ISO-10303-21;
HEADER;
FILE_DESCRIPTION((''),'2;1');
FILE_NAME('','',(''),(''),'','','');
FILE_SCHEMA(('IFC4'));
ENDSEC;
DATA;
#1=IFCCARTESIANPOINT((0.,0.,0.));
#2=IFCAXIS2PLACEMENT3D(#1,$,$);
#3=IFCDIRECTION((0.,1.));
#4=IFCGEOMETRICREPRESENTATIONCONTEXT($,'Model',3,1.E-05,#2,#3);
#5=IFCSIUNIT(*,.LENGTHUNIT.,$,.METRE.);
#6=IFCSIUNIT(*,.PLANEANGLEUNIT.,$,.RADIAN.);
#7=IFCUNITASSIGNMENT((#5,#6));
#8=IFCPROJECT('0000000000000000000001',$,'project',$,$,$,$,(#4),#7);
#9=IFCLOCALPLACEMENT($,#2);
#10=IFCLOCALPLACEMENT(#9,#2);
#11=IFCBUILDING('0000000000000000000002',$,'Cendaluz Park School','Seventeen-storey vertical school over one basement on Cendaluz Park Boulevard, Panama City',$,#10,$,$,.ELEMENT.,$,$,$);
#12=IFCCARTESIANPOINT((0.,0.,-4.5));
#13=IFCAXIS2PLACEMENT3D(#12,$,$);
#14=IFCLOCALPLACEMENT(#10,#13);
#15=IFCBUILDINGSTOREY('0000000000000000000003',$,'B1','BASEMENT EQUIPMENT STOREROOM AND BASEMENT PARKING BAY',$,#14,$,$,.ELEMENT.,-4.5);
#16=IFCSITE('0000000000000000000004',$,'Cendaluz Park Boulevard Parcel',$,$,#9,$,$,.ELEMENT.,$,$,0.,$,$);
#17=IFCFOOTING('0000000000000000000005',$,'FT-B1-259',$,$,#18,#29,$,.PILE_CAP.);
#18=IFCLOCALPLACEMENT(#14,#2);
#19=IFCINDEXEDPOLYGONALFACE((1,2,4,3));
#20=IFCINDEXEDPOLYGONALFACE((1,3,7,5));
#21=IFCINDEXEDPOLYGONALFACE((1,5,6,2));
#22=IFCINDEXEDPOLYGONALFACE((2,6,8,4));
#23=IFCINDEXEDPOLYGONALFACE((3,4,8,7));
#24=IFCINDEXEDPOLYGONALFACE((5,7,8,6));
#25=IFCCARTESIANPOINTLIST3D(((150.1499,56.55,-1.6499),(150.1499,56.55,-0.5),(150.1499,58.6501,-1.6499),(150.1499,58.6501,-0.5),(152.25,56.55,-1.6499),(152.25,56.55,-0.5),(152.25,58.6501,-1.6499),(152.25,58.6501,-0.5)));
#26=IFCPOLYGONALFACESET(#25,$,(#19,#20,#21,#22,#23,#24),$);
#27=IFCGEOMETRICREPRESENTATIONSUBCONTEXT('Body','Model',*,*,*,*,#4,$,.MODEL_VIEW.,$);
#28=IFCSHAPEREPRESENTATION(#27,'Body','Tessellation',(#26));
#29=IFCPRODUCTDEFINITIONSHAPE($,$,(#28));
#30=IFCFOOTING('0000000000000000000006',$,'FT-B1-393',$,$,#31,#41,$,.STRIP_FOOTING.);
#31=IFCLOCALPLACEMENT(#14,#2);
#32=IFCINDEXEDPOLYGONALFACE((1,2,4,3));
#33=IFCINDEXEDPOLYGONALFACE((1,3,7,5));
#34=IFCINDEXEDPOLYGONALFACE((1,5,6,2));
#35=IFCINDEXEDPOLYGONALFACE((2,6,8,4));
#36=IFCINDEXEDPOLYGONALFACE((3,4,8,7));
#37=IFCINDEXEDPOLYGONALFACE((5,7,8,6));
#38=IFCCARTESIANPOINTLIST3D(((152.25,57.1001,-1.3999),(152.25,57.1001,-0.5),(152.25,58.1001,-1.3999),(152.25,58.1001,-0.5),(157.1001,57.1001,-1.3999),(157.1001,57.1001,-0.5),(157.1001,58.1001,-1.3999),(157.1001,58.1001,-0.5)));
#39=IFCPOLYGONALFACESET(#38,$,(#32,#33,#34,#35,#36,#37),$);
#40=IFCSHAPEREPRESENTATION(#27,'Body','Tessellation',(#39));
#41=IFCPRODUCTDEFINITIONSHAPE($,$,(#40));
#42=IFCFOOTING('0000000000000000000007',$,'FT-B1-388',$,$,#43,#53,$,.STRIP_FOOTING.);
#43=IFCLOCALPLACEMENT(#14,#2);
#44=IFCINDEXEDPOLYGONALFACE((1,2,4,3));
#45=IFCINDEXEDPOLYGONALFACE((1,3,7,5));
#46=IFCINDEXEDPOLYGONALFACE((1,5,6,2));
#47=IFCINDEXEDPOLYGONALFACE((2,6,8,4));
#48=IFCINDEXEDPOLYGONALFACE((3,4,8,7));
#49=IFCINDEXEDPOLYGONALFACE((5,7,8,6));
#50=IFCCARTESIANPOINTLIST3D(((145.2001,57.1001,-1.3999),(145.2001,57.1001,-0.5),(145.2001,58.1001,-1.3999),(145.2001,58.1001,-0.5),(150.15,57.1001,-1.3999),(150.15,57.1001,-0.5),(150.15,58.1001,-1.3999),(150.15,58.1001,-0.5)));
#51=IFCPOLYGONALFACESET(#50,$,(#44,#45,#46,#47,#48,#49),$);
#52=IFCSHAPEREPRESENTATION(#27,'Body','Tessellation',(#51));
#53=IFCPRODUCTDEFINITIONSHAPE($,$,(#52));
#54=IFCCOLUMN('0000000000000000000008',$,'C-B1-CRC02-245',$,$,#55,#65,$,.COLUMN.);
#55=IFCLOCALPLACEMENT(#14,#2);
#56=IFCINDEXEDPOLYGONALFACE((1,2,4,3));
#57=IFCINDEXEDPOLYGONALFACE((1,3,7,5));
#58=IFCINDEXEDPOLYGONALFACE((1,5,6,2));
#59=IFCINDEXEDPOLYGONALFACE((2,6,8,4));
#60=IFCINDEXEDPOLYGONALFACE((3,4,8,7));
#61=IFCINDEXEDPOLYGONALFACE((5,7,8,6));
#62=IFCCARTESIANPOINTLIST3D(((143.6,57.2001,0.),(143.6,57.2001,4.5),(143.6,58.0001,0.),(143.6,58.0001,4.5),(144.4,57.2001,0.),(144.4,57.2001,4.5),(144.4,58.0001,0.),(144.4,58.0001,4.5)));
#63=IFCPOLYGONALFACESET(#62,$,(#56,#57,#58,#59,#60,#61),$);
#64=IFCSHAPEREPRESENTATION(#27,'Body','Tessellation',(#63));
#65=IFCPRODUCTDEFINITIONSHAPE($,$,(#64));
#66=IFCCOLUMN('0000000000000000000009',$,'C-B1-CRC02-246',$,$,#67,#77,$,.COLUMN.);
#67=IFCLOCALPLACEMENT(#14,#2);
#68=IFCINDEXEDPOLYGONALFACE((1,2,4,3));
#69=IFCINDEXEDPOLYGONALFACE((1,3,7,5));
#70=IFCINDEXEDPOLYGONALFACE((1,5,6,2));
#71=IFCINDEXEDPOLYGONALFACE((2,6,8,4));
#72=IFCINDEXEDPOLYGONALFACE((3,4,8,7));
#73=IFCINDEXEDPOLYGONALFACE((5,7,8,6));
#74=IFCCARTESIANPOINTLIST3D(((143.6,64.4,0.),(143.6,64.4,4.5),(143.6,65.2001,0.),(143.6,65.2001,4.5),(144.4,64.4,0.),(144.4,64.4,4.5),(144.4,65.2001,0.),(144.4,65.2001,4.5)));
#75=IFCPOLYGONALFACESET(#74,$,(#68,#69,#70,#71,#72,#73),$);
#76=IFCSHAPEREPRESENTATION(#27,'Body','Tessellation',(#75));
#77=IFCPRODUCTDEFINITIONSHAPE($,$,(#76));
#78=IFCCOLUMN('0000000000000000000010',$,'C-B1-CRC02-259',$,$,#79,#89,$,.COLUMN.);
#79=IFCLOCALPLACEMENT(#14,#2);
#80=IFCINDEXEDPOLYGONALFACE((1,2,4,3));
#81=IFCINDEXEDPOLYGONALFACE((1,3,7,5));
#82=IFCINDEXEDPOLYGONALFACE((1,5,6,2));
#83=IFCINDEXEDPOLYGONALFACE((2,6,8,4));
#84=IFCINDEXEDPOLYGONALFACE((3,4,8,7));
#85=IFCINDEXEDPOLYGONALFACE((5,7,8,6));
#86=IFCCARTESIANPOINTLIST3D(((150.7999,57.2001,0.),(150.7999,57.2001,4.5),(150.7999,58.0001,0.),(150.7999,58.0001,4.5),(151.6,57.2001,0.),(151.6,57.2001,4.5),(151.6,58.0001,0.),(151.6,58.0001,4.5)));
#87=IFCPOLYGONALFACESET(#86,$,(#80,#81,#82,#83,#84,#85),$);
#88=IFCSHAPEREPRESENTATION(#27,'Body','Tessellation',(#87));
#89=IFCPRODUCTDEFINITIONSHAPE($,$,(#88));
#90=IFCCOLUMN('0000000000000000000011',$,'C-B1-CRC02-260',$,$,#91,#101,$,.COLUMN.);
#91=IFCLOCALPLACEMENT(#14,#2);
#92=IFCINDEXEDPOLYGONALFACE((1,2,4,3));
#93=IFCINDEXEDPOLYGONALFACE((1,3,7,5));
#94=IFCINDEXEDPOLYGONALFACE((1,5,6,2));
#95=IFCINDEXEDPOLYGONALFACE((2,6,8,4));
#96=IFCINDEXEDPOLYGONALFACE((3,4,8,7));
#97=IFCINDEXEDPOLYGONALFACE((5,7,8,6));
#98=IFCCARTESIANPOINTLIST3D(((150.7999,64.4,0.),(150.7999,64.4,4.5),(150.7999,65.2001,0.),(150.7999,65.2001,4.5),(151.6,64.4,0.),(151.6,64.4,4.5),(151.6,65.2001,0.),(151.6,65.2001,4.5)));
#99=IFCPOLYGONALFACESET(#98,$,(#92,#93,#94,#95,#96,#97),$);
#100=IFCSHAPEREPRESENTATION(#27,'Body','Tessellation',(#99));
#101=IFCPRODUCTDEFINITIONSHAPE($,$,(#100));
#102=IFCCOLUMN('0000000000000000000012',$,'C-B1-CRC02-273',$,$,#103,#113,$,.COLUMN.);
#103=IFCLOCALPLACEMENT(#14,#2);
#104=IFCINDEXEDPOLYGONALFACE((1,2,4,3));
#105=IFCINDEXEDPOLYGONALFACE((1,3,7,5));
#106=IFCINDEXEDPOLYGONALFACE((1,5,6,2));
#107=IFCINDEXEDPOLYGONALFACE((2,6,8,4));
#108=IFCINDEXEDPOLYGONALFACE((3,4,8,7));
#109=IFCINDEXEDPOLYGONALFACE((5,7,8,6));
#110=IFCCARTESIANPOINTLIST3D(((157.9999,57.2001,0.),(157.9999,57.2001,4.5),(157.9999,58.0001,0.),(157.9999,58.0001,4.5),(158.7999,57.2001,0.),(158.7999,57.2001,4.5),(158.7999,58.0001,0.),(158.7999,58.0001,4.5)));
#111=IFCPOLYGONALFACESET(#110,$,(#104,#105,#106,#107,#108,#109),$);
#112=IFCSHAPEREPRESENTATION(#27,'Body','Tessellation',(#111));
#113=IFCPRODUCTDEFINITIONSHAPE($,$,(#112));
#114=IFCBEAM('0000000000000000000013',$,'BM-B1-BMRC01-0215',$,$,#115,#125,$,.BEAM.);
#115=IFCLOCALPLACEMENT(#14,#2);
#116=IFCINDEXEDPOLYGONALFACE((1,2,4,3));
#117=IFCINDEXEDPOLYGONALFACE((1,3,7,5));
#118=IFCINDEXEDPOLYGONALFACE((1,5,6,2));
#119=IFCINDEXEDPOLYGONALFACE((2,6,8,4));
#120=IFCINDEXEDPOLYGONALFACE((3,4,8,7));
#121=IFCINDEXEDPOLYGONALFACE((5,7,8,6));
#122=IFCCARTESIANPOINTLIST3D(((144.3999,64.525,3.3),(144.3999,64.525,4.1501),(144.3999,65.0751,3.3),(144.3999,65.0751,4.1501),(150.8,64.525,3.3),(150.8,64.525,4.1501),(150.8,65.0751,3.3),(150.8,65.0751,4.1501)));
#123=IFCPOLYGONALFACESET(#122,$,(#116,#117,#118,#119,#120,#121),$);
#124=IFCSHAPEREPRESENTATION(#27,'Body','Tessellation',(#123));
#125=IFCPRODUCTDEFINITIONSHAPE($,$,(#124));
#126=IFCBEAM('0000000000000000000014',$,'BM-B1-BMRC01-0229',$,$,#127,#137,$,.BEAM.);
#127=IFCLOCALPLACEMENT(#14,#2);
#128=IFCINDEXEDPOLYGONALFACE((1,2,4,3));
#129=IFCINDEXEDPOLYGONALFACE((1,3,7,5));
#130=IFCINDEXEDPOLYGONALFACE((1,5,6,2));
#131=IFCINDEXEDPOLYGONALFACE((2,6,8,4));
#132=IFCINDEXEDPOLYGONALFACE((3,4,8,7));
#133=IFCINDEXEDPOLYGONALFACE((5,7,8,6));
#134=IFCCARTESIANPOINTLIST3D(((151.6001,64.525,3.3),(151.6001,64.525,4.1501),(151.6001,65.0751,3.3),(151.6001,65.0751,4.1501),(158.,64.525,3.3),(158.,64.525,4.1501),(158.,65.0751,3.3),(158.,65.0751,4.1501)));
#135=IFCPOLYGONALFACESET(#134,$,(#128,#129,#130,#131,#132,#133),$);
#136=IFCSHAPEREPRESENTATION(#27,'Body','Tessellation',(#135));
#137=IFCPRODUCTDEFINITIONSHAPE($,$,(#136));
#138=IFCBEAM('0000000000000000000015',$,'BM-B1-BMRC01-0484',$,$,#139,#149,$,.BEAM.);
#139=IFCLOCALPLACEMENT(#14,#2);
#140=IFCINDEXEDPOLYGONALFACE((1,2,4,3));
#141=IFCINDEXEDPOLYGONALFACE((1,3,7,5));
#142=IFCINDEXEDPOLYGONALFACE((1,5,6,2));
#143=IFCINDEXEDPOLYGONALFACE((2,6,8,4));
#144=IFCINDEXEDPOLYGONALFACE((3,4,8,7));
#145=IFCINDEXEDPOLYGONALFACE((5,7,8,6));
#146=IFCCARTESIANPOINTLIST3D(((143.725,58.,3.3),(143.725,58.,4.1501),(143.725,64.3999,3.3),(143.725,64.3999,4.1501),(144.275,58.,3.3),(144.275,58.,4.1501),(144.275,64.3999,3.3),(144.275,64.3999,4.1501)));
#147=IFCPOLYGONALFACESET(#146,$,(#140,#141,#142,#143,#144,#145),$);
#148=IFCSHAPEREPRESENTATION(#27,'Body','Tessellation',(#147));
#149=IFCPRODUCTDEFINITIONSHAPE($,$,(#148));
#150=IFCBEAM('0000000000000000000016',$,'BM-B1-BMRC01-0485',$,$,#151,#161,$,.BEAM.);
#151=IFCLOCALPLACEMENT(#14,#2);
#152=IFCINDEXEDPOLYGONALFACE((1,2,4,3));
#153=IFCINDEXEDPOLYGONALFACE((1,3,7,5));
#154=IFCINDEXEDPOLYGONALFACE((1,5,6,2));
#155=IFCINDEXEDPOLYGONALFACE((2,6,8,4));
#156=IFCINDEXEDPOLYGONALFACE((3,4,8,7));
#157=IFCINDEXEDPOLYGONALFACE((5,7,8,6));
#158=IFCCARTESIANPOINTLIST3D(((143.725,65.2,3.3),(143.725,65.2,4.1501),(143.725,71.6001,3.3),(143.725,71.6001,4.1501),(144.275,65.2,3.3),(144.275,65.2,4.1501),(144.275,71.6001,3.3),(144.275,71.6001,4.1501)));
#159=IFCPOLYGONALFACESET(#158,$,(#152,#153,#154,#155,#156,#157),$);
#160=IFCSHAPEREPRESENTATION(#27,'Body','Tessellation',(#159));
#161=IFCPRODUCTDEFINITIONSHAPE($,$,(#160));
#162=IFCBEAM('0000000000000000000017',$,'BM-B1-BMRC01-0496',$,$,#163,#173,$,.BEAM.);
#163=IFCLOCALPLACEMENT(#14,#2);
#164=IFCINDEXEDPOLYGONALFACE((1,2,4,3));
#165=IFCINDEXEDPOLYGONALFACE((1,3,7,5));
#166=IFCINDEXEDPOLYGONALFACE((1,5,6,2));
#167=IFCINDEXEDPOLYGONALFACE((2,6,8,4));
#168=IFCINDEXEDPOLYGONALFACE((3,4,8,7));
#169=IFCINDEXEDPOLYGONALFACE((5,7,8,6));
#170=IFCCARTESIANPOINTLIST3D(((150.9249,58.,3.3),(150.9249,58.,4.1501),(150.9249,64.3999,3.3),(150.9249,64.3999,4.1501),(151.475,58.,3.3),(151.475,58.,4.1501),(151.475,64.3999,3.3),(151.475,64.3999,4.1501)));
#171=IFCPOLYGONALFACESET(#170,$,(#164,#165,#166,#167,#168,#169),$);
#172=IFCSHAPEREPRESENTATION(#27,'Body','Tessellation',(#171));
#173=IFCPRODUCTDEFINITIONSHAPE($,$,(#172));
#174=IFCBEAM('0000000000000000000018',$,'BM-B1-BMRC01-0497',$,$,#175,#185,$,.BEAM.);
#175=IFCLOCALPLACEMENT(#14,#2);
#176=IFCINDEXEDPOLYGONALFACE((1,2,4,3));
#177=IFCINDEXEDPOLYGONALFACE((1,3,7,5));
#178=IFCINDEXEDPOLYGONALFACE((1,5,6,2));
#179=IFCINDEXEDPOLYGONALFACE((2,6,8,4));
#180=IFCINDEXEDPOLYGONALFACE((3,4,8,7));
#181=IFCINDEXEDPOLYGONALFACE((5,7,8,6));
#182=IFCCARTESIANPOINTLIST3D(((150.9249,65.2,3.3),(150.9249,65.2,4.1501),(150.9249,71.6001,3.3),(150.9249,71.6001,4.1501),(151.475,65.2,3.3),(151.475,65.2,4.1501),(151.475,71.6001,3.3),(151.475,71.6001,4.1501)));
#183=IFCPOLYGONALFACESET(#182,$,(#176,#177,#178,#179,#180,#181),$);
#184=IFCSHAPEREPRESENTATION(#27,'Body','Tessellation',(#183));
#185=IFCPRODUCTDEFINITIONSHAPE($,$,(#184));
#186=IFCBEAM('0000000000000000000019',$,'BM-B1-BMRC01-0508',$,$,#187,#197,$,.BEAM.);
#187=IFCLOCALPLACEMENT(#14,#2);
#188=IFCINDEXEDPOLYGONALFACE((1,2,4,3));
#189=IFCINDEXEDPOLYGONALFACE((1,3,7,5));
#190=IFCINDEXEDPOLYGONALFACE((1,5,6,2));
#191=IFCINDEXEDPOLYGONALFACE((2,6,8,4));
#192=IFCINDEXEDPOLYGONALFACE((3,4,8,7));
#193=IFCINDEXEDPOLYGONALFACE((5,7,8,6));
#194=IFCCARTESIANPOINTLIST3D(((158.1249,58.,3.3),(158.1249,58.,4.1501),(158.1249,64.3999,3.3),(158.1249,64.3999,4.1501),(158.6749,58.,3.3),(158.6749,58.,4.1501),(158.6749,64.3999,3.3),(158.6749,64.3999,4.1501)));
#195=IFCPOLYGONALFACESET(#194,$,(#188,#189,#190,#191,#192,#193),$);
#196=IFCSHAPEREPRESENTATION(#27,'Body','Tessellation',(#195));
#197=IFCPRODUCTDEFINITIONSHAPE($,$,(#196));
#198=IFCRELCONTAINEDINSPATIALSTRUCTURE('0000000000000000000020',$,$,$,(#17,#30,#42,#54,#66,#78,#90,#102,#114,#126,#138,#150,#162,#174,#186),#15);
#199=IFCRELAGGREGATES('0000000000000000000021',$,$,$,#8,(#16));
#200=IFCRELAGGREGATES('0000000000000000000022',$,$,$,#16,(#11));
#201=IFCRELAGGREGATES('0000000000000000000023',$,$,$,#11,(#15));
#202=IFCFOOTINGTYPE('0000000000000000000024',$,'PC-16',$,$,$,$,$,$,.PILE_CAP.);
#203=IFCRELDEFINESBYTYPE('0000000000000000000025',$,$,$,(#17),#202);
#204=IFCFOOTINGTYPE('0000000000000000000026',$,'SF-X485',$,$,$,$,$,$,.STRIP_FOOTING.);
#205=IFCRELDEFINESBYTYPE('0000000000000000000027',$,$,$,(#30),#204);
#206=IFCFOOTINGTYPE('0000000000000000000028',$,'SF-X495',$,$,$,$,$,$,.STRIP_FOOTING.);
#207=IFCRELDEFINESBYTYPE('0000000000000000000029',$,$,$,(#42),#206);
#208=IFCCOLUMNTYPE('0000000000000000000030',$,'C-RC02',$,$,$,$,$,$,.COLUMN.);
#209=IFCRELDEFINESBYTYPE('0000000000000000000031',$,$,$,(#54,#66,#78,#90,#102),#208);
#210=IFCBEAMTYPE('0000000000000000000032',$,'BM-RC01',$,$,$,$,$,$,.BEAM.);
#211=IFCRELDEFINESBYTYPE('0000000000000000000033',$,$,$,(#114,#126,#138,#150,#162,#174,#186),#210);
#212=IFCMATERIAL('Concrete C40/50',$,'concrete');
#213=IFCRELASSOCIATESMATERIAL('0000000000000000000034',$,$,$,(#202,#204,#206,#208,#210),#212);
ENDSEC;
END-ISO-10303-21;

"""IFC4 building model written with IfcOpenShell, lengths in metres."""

from ifc_helpers import new_model, si_unit, direction, frame, origin, origin_2d, place, context, subcontext, project, spatial, rectangle, extrude, material, material_profile, profile_set, type_object, element, save


model = new_model("IFC4")

# Units and contexts
model_context = context("Model", 3, precision=1e-05, world=origin(), true_north=direction((0.0, 1.0)))
body_context = subcontext(model_context, "Body", "Model", "MODEL_VIEW")
ifc_project = project(units=[si_unit("LENGTHUNIT", "METRE"), si_unit("PLANEANGLEUNIT", "RADIAN")], contexts=[model_context])

# Site, building, storey
site_placement = place(None, origin())
site = spatial("IfcSite", under=ifc_project, at=site_placement, Name="Cendaluz Park Boulevard Parcel", CompositionType="ELEMENT", RefElevation=0.0)
building_placement = place(site_placement, origin())
building = spatial("IfcBuilding", under=site, at=building_placement, Name="Cendaluz Park School", Description="Seventeen-storey vertical school over one basement on Cendaluz Park Boulevard, Panama City", CompositionType="ELEMENT")
storey_placement = place(building_placement, frame((0.0, 0.0, -4.5)))
storey = spatial("IfcBuildingStorey", under=building, at=storey_placement, Name="B1", Description="BASEMENT EQUIPMENT STOREROOM AND BASEMENT PARKING BAY", CompositionType="ELEMENT", Elevation=-4.5)

# Shared definitions
ifc_material_1 = material(Name="Concrete C40/50", Category="concrete")

# Footings
footing_type_1 = type_object("IfcFootingType", Name="PC-16", PredefinedType="PILE_CAP", material=ifc_material_1)
footing_1_placement = place(storey_placement, frame((151.2, 57.6001, -1.6499), z_axis=(0.0, 0.0, 1.0), x_axis=(1.0, 0.0, 0.0)))
element("IfcFooting", 1, at=footing_1_placement, inside=storey, type_object=footing_type_1, Name="FT-B1-259", PredefinedType="PILE_CAP", context=body_context, shape_type="SweptSolid", body=[
    extrude(rectangle(XDim=2.1001, YDim=2.1001, at=origin_2d()), origin(), (0.0, 0.0, 1.0), 1.1499),
])
footing_type_2 = type_object("IfcFootingType", Name="SF-X485", PredefinedType="STRIP_FOOTING", material=ifc_material_1)
footing_2_placement = place(storey_placement, frame((154.675, 57.6001, -1.3999), z_axis=(0.0, 0.0, 1.0), x_axis=(1.0, 0.0, 0.0)))
element("IfcFooting", 2, at=footing_2_placement, inside=storey, type_object=footing_type_2, Name="FT-B1-393", PredefinedType="STRIP_FOOTING", context=body_context, shape_type="SweptSolid", body=[
    extrude(rectangle(XDim=4.8501, YDim=1.0, at=origin_2d()), origin(), (0.0, 0.0, 1.0), 0.8999),
])
footing_type_3 = type_object("IfcFootingType", Name="SF-X495", PredefinedType="STRIP_FOOTING", material=ifc_material_1)
footing_3_placement = place(storey_placement, frame((147.675, 57.6001, -1.3999), z_axis=(0.0, 0.0, 1.0), x_axis=(1.0, 0.0, 0.0)))
element("IfcFooting", 3, at=footing_3_placement, inside=storey, type_object=footing_type_3, Name="FT-B1-388", PredefinedType="STRIP_FOOTING", context=body_context, shape_type="SweptSolid", body=[
    extrude(rectangle(XDim=4.95, YDim=1.0, at=origin_2d()), origin(), (0.0, 0.0, 1.0), 0.8999),
])

# Columns
ifc_material_profile_1 = material_profile(ifc_material_1, rectangle(XDim=0.8, YDim=0.8, at=origin_2d()), Name="RC 800x800", Category="concrete")
ifc_profile_set_1 = profile_set([ifc_material_profile_1], Name="Concrete C40/50")
column_type = type_object("IfcColumnType", Name="C-RC02", PredefinedType="COLUMN", material=ifc_profile_set_1)
for number, where, z_axis, x_axis, name in (
    (4, (144.0, 57.6001, 0.0), (0.0, 0.0, 1.0), (1.0, 0.0, 0.0), "C-B1-CRC02-245"),
    (5, (144.0, 64.8, 0.0), (0.0, 0.0, 1.0), (1.0, 0.0, 0.0), "C-B1-CRC02-246"),
    (6, (151.2, 57.6001, 0.0), (0.0, 0.0, 1.0), (1.0, 0.0, 0.0), "C-B1-CRC02-259"),
    (7, (151.2, 64.8, 0.0), (0.0, 0.0, 1.0), (1.0, 0.0, 0.0), "C-B1-CRC02-260"),
    (8, (158.3999, 57.6001, 0.0), (0.0, 0.0, 1.0), (1.0, 0.0, 0.0), "C-B1-CRC02-273"),
):
    element("IfcColumn", number, at=place(storey_placement, frame(where, z_axis=z_axis, x_axis=x_axis)), inside=storey, type_object=column_type, Name=name, PredefinedType="COLUMN", context=body_context, shape_type="SweptSolid", body=[
        extrude(rectangle(XDim=0.8, YDim=0.8, at=origin_2d()), origin(), (0.0, 0.0, 1.0), 4.5),
    ])

# Beams
ifc_material_profile_2 = material_profile(ifc_material_1, rectangle(XDim=0.55, YDim=0.8501, at=origin_2d()), Name="RC 550x850", Category="concrete")
ifc_profile_set_2 = profile_set([ifc_material_profile_2], Name="Concrete C40/50")
beam_type_1 = type_object("IfcBeamType", Name="BM-RC01", PredefinedType="BEAM", material=ifc_profile_set_2)
beam_1_placement = place(storey_placement, frame((144.3999, 64.8, 3.7251), z_axis=(1.0, 0.0, 0.0), x_axis=(0.0, 1.0, 0.0)))
element("IfcBeam", 9, at=beam_1_placement, inside=storey, type_object=beam_type_1, Name="BM-B1-BMRC01-0215", PredefinedType="BEAM", context=body_context, shape_type="SweptSolid", body=[
    extrude(rectangle(XDim=0.55, YDim=0.8501, at=origin_2d()), origin(), (0.0, 0.0, 1.0), 6.4001),
])
for number, where, z_axis, x_axis, name in (
    (10, (151.6001, 64.8, 3.7251), (1.0, 0.0, 0.0), (0.0, 1.0, 0.0), "BM-B1-BMRC01-0229"),
    (11, (144.0, 58.0, 3.7251), (0.0, 1.0, 0.0), (-1.0, 0.0, 0.0), "BM-B1-BMRC01-0484"),
):
    element("IfcBeam", number, at=place(storey_placement, frame(where, z_axis=z_axis, x_axis=x_axis)), inside=storey, type_object=beam_type_1, Name=name, PredefinedType="BEAM", context=body_context, shape_type="SweptSolid", body=[
        extrude(rectangle(XDim=0.55, YDim=0.8501, at=origin_2d()), origin(), (0.0, 0.0, 1.0), 6.3999),
    ])
beam_2_placement = place(storey_placement, frame((144.0, 65.2, 3.7251), z_axis=(0.0, 1.0, 0.0), x_axis=(-1.0, 0.0, 0.0)))
element("IfcBeam", 12, at=beam_2_placement, inside=storey, type_object=beam_type_1, Name="BM-B1-BMRC01-0485", PredefinedType="BEAM", context=body_context, shape_type="SweptSolid", body=[
    extrude(rectangle(XDim=0.55, YDim=0.8501, at=origin_2d()), origin(), (0.0, 0.0, 1.0), 6.4001),
])
beam_3_placement = place(storey_placement, frame((151.2, 58.0, 3.7251), z_axis=(0.0, 1.0, 0.0), x_axis=(-1.0, 0.0, 0.0)))
element("IfcBeam", 13, at=beam_3_placement, inside=storey, type_object=beam_type_1, Name="BM-B1-BMRC01-0496", PredefinedType="BEAM", context=body_context, shape_type="SweptSolid", body=[
    extrude(rectangle(XDim=0.55, YDim=0.8501, at=origin_2d()), origin(), (0.0, 0.0, 1.0), 6.3999),
])
beam_4_placement = place(storey_placement, frame((151.2, 65.2, 3.7251), z_axis=(0.0, 1.0, 0.0), x_axis=(-1.0, 0.0, 0.0)))
element("IfcBeam", 14, at=beam_4_placement, inside=storey, type_object=beam_type_1, Name="BM-B1-BMRC01-0497", PredefinedType="BEAM", context=body_context, shape_type="SweptSolid", body=[
    extrude(rectangle(XDim=0.55, YDim=0.8501, at=origin_2d()), origin(), (0.0, 0.0, 1.0), 6.4001),
])
beam_5_placement = place(storey_placement, frame((158.3999, 58.0, 3.7251), z_axis=(0.0, 1.0, 0.0), x_axis=(-1.0, 0.0, 0.0)))
element("IfcBeam", 15, at=beam_5_placement, inside=storey, type_object=beam_type_1, Name="BM-B1-BMRC01-0508", PredefinedType="BEAM", context=body_context, shape_type="SweptSolid", body=[
    extrude(rectangle(XDim=0.55, YDim=0.8501, at=origin_2d()), origin(), (0.0, 0.0, 1.0), 6.3999),
])

save(model, "model.ifc")
